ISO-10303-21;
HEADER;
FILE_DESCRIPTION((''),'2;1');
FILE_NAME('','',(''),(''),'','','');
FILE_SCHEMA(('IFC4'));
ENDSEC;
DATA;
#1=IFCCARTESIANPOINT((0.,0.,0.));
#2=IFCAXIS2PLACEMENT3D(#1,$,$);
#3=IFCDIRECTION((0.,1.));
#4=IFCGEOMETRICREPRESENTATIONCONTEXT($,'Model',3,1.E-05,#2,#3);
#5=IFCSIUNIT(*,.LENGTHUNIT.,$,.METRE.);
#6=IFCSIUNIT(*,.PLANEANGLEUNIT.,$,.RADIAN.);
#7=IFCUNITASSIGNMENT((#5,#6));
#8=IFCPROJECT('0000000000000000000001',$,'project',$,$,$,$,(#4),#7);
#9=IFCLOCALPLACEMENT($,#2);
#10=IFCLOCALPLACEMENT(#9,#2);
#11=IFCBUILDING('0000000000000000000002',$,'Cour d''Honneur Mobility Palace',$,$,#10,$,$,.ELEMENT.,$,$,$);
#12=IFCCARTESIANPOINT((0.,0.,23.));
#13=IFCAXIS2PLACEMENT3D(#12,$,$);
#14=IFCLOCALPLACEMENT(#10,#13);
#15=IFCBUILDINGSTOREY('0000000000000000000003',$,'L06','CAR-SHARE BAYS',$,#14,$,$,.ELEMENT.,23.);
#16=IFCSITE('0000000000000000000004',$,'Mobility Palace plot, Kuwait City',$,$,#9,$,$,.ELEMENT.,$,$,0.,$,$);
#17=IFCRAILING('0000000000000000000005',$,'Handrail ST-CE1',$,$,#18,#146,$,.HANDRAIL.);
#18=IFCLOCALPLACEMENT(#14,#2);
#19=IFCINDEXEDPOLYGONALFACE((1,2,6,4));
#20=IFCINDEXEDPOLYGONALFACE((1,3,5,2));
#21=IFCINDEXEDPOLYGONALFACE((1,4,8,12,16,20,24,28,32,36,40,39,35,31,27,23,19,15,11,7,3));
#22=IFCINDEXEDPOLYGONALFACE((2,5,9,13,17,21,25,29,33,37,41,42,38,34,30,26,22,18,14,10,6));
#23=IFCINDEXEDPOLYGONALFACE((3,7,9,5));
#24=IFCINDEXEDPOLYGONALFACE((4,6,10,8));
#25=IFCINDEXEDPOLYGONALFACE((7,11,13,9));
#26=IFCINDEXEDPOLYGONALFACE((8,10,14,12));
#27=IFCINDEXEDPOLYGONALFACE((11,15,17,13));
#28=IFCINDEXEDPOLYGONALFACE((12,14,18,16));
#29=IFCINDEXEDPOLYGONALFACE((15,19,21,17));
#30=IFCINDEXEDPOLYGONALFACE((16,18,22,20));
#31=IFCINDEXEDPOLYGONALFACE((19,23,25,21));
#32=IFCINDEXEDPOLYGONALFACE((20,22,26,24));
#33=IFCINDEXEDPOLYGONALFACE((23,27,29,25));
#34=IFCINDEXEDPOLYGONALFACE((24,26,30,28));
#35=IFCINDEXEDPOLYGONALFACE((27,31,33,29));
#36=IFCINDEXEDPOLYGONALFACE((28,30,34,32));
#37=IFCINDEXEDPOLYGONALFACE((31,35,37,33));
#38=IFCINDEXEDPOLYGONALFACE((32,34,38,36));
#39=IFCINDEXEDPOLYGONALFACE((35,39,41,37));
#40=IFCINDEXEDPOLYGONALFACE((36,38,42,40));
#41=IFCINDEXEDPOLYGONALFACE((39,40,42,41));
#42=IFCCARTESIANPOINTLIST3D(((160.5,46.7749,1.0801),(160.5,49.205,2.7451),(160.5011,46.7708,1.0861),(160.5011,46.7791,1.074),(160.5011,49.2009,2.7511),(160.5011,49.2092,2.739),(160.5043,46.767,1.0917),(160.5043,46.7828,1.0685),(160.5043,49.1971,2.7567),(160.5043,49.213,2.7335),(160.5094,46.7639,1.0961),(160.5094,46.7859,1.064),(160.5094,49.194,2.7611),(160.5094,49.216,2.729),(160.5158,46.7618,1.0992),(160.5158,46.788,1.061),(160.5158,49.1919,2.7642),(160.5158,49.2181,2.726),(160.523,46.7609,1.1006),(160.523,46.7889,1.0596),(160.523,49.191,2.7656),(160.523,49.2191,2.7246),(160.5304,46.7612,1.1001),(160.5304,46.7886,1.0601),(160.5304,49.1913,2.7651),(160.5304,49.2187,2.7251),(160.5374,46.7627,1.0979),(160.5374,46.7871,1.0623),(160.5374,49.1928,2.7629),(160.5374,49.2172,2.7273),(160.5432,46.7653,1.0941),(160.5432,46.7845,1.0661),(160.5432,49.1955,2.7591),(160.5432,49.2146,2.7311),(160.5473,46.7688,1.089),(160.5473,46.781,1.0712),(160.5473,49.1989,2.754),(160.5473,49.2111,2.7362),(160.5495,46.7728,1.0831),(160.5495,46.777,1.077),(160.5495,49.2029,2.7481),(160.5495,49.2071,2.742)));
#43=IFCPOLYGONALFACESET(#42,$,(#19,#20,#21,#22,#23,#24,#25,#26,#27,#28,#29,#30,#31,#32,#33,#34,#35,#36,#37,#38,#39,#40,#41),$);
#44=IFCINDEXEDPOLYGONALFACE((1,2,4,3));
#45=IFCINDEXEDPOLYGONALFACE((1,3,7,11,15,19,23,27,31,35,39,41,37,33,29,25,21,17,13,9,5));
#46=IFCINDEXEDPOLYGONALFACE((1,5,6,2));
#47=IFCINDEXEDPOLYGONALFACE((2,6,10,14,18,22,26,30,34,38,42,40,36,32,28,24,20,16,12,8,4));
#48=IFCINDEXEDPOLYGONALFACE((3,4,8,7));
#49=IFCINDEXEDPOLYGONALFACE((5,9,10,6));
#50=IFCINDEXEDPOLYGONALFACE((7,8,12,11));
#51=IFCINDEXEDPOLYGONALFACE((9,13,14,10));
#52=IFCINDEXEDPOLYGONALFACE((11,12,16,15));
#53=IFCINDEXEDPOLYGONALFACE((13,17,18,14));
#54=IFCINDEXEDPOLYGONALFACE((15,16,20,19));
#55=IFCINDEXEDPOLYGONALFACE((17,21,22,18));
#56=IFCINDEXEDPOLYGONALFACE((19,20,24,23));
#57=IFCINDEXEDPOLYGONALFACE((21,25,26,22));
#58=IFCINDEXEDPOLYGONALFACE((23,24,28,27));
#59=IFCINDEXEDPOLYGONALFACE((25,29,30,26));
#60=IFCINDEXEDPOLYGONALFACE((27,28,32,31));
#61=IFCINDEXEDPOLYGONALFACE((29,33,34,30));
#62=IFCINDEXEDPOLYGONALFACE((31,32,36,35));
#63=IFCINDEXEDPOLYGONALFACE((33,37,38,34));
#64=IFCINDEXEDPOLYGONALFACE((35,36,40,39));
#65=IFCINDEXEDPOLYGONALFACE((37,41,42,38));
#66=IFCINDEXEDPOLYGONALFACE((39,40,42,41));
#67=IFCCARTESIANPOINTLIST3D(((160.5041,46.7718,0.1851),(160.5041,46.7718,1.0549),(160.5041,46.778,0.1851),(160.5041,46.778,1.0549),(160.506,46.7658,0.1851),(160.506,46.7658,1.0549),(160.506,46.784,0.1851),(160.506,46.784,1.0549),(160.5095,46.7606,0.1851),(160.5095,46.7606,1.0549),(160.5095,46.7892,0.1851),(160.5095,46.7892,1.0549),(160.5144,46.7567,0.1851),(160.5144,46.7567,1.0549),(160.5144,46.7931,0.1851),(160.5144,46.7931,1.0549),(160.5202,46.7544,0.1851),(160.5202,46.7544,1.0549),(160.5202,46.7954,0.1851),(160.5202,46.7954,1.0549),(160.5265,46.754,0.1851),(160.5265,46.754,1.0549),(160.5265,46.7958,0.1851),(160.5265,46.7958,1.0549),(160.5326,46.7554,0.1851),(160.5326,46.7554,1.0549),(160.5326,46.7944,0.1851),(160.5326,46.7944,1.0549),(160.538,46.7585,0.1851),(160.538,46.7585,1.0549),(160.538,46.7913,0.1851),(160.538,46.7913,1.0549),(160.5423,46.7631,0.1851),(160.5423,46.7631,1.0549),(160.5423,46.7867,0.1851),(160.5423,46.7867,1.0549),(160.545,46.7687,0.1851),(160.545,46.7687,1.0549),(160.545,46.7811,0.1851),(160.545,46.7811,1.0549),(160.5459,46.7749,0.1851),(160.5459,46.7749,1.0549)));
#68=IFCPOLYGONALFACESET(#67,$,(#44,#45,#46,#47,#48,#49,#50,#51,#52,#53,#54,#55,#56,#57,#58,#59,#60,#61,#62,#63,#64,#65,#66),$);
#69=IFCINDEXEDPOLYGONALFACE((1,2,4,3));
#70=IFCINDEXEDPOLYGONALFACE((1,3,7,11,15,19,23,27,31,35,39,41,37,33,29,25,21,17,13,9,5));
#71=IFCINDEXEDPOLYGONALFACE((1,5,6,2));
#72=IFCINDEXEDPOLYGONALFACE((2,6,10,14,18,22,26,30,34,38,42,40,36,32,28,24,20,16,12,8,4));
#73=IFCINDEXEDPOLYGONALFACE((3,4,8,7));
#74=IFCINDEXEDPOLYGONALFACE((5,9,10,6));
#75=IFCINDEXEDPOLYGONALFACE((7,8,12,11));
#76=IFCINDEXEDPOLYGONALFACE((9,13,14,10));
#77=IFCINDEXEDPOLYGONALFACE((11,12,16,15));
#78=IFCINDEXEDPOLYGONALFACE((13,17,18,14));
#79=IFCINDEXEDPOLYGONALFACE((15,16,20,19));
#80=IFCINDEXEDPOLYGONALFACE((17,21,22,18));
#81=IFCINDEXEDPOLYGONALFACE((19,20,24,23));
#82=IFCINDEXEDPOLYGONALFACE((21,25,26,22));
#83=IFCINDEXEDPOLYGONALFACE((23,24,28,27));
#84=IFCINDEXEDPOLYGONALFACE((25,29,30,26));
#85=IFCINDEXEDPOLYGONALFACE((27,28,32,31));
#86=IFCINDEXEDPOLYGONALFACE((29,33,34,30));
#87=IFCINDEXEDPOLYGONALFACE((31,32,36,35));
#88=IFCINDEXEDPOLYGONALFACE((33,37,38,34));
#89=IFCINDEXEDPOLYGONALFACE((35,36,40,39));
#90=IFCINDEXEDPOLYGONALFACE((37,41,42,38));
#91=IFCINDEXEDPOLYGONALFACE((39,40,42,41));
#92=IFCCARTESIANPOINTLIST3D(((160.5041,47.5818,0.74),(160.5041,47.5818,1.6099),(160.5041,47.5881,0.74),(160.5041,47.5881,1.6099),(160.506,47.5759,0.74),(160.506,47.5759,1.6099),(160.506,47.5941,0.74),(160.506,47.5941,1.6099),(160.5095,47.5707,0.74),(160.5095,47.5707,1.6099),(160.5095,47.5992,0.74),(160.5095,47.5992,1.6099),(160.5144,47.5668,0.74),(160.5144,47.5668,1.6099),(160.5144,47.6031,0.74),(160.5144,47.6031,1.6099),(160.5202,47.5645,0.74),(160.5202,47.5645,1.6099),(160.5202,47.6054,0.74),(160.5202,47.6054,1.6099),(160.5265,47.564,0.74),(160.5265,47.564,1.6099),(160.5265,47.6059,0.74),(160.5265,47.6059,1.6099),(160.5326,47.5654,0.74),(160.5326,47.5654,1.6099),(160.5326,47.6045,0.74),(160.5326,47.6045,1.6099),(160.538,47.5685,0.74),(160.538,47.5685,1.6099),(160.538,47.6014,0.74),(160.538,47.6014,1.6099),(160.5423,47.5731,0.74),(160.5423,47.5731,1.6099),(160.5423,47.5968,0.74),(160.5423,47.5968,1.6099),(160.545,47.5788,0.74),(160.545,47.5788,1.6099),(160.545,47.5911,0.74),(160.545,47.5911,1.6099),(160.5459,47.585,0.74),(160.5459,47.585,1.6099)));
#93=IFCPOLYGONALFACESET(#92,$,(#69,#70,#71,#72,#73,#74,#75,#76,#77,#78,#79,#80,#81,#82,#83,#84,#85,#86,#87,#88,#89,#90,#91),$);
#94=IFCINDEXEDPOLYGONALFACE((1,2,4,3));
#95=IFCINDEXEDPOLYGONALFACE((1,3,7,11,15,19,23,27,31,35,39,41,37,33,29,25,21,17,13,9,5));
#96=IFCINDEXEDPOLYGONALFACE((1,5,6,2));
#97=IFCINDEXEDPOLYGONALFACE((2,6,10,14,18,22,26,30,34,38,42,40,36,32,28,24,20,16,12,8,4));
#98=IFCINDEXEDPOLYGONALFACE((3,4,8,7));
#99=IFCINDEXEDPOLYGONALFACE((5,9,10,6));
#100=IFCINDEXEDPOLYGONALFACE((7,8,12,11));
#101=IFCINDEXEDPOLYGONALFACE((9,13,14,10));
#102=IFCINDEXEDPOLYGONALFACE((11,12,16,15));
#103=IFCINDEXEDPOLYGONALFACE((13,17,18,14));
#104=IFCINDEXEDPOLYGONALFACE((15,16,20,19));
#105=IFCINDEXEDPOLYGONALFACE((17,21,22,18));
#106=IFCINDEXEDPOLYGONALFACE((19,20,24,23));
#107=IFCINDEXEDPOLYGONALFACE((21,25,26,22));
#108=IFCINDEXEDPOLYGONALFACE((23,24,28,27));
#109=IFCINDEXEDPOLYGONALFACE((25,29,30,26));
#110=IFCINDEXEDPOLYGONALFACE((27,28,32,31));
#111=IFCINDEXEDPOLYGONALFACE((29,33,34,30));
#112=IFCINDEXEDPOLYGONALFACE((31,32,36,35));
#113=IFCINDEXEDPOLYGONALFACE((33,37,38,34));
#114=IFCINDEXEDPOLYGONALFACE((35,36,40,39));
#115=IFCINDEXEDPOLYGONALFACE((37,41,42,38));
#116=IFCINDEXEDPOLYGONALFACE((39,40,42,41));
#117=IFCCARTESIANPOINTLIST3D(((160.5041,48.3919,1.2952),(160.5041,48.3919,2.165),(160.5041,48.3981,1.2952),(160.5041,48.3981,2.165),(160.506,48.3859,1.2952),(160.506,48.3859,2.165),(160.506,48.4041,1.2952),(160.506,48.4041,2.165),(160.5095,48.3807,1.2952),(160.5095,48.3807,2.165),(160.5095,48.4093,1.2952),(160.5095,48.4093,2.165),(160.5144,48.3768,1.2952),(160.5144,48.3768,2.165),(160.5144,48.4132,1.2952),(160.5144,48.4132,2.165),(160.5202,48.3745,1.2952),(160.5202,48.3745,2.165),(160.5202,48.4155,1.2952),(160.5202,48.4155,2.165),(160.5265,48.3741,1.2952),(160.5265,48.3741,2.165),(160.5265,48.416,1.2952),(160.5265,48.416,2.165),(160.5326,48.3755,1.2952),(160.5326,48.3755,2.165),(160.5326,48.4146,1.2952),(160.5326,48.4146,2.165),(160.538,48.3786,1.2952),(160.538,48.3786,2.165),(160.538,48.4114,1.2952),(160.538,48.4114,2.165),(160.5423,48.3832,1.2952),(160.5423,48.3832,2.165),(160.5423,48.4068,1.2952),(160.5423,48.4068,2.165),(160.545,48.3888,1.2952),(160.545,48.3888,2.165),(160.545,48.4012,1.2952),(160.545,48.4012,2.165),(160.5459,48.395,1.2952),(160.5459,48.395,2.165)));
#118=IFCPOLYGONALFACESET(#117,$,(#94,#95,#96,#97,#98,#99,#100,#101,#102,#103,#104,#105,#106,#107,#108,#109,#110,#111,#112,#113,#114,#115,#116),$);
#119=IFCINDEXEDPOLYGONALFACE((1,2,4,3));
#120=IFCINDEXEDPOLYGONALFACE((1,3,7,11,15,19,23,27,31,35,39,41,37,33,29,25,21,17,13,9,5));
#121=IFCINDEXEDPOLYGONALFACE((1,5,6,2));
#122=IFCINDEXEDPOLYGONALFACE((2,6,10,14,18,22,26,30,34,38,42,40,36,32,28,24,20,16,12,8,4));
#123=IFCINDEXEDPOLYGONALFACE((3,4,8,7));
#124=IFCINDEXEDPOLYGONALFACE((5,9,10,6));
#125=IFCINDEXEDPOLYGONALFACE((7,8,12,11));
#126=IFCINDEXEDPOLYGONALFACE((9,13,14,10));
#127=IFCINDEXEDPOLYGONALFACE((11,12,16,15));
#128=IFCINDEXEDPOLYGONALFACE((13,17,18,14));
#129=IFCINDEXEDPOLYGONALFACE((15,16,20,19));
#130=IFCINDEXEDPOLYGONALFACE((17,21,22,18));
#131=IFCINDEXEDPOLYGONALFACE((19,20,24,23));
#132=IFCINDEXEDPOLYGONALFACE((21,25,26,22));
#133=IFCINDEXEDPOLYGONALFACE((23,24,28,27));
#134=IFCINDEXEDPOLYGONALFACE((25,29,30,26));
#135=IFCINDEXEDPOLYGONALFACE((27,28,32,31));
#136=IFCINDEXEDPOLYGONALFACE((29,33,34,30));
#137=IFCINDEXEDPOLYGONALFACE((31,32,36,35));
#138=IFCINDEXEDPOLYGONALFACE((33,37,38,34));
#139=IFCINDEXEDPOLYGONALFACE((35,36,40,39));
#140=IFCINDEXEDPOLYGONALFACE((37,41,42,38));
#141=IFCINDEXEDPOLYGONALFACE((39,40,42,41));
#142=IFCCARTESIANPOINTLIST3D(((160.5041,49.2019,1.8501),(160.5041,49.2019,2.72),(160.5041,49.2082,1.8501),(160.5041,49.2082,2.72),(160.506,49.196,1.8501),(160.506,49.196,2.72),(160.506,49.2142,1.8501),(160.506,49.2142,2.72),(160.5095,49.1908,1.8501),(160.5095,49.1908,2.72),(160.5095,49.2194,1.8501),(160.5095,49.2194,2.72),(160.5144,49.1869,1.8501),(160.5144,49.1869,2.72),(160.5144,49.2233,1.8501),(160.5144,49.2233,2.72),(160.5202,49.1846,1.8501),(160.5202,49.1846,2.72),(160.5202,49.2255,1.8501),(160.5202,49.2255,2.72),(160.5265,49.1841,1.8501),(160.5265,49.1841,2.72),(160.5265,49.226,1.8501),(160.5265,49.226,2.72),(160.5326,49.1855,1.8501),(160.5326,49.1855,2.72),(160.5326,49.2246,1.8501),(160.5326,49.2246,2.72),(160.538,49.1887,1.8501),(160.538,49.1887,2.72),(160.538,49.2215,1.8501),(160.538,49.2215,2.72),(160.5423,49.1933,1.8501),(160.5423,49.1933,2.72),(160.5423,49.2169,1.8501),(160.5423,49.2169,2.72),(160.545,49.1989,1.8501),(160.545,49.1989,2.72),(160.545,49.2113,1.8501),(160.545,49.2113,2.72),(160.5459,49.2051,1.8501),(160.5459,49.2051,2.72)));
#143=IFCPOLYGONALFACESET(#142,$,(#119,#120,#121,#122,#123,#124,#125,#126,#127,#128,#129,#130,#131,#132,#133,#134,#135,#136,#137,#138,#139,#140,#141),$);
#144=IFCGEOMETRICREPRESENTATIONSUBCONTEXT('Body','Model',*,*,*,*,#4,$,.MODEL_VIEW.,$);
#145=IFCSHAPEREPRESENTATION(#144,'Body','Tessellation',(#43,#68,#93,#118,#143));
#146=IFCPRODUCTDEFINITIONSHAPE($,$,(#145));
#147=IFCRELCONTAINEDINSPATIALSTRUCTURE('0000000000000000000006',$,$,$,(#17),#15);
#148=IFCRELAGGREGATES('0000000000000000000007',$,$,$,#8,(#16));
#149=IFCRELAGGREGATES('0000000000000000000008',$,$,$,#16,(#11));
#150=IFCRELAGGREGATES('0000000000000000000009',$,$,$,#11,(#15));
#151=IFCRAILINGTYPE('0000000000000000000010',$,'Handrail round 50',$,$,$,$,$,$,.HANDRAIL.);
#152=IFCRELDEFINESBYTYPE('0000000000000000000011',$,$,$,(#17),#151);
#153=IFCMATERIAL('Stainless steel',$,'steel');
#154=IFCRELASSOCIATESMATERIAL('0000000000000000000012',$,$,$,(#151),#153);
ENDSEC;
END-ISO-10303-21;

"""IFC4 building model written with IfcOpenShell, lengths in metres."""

from ifc_helpers import new_model, si_unit, direction, frame, origin, origin_2d, place, context, subcontext, project, spatial, circle, extrude, material, type_object, element, save


model = new_model("IFC4")

# Units and contexts
model_context = context("Model", 3, precision=1e-05, world=origin(), true_north=direction((0.0, 1.0)))
body_context = subcontext(model_context, "Body", "Model", "MODEL_VIEW")
ifc_project = project(units=[si_unit("LENGTHUNIT", "METRE"), si_unit("PLANEANGLEUNIT", "RADIAN")], contexts=[model_context])

# Site, building, storey
site_placement = place(None, origin())
site = spatial("IfcSite", under=ifc_project, at=site_placement, Name="Mobility Palace plot, Kuwait City", CompositionType="ELEMENT", RefElevation=0.0)
building_placement = place(site_placement, origin())
building = spatial("IfcBuilding", under=site, at=building_placement, Name="Cour d'Honneur Mobility Palace", CompositionType="ELEMENT")
storey_placement = place(building_placement, frame((0.0, 0.0, 23.0)))
storey = spatial("IfcBuildingStorey", under=building, at=storey_placement, Name="L06", Description="CAR-SHARE BAYS", CompositionType="ELEMENT", Elevation=23.0)

# Railing
ifc_material_1 = material(Name="Stainless steel", Category="steel")
railing_type_1 = type_object("IfcRailingType", Name="Handrail round 50", PredefinedType="HANDRAIL", material=ifc_material_1)
for number, where, name in (
    (1, (160.5249, 46.7749, 0.1851), "Handrail ST-CE1"),
):
    element("IfcRailing", number, at=place(storey_placement, frame(where)), inside=storey, type_object=railing_type_1, Name=name, PredefinedType="HANDRAIL", context=body_context, shape_type="SweptSolid", body=[
        extrude(circle(Radius=0.0249, at=origin_2d()), frame((0.0, 0.0, 0.895), z_axis=(0.0, 0.824945, 0.565213), x_axis=(-1.0, 0.0, 0.0)), (0.0, 0.0, 1.0), 2.9458),
        extrude(circle(Radius=0.021, at=origin_2d()), origin(), (0.0, 0.0, 1.0), 0.8699),
        extrude(circle(Radius=0.021, at=origin_2d()), frame((0.0, 0.8101, 0.5549)), (0.0, 0.0, 1.0), 0.8699),
        extrude(circle(Radius=0.021, at=origin_2d()), frame((0.0, 1.6201, 1.1101)), (0.0, 0.0, 1.0), 0.8699),
        extrude(circle(Radius=0.021, at=origin_2d()), frame((0.0, 2.4302, 1.665)), (0.0, 0.0, 1.0), 0.8699),
    ])

save(model, "model.ifc")
